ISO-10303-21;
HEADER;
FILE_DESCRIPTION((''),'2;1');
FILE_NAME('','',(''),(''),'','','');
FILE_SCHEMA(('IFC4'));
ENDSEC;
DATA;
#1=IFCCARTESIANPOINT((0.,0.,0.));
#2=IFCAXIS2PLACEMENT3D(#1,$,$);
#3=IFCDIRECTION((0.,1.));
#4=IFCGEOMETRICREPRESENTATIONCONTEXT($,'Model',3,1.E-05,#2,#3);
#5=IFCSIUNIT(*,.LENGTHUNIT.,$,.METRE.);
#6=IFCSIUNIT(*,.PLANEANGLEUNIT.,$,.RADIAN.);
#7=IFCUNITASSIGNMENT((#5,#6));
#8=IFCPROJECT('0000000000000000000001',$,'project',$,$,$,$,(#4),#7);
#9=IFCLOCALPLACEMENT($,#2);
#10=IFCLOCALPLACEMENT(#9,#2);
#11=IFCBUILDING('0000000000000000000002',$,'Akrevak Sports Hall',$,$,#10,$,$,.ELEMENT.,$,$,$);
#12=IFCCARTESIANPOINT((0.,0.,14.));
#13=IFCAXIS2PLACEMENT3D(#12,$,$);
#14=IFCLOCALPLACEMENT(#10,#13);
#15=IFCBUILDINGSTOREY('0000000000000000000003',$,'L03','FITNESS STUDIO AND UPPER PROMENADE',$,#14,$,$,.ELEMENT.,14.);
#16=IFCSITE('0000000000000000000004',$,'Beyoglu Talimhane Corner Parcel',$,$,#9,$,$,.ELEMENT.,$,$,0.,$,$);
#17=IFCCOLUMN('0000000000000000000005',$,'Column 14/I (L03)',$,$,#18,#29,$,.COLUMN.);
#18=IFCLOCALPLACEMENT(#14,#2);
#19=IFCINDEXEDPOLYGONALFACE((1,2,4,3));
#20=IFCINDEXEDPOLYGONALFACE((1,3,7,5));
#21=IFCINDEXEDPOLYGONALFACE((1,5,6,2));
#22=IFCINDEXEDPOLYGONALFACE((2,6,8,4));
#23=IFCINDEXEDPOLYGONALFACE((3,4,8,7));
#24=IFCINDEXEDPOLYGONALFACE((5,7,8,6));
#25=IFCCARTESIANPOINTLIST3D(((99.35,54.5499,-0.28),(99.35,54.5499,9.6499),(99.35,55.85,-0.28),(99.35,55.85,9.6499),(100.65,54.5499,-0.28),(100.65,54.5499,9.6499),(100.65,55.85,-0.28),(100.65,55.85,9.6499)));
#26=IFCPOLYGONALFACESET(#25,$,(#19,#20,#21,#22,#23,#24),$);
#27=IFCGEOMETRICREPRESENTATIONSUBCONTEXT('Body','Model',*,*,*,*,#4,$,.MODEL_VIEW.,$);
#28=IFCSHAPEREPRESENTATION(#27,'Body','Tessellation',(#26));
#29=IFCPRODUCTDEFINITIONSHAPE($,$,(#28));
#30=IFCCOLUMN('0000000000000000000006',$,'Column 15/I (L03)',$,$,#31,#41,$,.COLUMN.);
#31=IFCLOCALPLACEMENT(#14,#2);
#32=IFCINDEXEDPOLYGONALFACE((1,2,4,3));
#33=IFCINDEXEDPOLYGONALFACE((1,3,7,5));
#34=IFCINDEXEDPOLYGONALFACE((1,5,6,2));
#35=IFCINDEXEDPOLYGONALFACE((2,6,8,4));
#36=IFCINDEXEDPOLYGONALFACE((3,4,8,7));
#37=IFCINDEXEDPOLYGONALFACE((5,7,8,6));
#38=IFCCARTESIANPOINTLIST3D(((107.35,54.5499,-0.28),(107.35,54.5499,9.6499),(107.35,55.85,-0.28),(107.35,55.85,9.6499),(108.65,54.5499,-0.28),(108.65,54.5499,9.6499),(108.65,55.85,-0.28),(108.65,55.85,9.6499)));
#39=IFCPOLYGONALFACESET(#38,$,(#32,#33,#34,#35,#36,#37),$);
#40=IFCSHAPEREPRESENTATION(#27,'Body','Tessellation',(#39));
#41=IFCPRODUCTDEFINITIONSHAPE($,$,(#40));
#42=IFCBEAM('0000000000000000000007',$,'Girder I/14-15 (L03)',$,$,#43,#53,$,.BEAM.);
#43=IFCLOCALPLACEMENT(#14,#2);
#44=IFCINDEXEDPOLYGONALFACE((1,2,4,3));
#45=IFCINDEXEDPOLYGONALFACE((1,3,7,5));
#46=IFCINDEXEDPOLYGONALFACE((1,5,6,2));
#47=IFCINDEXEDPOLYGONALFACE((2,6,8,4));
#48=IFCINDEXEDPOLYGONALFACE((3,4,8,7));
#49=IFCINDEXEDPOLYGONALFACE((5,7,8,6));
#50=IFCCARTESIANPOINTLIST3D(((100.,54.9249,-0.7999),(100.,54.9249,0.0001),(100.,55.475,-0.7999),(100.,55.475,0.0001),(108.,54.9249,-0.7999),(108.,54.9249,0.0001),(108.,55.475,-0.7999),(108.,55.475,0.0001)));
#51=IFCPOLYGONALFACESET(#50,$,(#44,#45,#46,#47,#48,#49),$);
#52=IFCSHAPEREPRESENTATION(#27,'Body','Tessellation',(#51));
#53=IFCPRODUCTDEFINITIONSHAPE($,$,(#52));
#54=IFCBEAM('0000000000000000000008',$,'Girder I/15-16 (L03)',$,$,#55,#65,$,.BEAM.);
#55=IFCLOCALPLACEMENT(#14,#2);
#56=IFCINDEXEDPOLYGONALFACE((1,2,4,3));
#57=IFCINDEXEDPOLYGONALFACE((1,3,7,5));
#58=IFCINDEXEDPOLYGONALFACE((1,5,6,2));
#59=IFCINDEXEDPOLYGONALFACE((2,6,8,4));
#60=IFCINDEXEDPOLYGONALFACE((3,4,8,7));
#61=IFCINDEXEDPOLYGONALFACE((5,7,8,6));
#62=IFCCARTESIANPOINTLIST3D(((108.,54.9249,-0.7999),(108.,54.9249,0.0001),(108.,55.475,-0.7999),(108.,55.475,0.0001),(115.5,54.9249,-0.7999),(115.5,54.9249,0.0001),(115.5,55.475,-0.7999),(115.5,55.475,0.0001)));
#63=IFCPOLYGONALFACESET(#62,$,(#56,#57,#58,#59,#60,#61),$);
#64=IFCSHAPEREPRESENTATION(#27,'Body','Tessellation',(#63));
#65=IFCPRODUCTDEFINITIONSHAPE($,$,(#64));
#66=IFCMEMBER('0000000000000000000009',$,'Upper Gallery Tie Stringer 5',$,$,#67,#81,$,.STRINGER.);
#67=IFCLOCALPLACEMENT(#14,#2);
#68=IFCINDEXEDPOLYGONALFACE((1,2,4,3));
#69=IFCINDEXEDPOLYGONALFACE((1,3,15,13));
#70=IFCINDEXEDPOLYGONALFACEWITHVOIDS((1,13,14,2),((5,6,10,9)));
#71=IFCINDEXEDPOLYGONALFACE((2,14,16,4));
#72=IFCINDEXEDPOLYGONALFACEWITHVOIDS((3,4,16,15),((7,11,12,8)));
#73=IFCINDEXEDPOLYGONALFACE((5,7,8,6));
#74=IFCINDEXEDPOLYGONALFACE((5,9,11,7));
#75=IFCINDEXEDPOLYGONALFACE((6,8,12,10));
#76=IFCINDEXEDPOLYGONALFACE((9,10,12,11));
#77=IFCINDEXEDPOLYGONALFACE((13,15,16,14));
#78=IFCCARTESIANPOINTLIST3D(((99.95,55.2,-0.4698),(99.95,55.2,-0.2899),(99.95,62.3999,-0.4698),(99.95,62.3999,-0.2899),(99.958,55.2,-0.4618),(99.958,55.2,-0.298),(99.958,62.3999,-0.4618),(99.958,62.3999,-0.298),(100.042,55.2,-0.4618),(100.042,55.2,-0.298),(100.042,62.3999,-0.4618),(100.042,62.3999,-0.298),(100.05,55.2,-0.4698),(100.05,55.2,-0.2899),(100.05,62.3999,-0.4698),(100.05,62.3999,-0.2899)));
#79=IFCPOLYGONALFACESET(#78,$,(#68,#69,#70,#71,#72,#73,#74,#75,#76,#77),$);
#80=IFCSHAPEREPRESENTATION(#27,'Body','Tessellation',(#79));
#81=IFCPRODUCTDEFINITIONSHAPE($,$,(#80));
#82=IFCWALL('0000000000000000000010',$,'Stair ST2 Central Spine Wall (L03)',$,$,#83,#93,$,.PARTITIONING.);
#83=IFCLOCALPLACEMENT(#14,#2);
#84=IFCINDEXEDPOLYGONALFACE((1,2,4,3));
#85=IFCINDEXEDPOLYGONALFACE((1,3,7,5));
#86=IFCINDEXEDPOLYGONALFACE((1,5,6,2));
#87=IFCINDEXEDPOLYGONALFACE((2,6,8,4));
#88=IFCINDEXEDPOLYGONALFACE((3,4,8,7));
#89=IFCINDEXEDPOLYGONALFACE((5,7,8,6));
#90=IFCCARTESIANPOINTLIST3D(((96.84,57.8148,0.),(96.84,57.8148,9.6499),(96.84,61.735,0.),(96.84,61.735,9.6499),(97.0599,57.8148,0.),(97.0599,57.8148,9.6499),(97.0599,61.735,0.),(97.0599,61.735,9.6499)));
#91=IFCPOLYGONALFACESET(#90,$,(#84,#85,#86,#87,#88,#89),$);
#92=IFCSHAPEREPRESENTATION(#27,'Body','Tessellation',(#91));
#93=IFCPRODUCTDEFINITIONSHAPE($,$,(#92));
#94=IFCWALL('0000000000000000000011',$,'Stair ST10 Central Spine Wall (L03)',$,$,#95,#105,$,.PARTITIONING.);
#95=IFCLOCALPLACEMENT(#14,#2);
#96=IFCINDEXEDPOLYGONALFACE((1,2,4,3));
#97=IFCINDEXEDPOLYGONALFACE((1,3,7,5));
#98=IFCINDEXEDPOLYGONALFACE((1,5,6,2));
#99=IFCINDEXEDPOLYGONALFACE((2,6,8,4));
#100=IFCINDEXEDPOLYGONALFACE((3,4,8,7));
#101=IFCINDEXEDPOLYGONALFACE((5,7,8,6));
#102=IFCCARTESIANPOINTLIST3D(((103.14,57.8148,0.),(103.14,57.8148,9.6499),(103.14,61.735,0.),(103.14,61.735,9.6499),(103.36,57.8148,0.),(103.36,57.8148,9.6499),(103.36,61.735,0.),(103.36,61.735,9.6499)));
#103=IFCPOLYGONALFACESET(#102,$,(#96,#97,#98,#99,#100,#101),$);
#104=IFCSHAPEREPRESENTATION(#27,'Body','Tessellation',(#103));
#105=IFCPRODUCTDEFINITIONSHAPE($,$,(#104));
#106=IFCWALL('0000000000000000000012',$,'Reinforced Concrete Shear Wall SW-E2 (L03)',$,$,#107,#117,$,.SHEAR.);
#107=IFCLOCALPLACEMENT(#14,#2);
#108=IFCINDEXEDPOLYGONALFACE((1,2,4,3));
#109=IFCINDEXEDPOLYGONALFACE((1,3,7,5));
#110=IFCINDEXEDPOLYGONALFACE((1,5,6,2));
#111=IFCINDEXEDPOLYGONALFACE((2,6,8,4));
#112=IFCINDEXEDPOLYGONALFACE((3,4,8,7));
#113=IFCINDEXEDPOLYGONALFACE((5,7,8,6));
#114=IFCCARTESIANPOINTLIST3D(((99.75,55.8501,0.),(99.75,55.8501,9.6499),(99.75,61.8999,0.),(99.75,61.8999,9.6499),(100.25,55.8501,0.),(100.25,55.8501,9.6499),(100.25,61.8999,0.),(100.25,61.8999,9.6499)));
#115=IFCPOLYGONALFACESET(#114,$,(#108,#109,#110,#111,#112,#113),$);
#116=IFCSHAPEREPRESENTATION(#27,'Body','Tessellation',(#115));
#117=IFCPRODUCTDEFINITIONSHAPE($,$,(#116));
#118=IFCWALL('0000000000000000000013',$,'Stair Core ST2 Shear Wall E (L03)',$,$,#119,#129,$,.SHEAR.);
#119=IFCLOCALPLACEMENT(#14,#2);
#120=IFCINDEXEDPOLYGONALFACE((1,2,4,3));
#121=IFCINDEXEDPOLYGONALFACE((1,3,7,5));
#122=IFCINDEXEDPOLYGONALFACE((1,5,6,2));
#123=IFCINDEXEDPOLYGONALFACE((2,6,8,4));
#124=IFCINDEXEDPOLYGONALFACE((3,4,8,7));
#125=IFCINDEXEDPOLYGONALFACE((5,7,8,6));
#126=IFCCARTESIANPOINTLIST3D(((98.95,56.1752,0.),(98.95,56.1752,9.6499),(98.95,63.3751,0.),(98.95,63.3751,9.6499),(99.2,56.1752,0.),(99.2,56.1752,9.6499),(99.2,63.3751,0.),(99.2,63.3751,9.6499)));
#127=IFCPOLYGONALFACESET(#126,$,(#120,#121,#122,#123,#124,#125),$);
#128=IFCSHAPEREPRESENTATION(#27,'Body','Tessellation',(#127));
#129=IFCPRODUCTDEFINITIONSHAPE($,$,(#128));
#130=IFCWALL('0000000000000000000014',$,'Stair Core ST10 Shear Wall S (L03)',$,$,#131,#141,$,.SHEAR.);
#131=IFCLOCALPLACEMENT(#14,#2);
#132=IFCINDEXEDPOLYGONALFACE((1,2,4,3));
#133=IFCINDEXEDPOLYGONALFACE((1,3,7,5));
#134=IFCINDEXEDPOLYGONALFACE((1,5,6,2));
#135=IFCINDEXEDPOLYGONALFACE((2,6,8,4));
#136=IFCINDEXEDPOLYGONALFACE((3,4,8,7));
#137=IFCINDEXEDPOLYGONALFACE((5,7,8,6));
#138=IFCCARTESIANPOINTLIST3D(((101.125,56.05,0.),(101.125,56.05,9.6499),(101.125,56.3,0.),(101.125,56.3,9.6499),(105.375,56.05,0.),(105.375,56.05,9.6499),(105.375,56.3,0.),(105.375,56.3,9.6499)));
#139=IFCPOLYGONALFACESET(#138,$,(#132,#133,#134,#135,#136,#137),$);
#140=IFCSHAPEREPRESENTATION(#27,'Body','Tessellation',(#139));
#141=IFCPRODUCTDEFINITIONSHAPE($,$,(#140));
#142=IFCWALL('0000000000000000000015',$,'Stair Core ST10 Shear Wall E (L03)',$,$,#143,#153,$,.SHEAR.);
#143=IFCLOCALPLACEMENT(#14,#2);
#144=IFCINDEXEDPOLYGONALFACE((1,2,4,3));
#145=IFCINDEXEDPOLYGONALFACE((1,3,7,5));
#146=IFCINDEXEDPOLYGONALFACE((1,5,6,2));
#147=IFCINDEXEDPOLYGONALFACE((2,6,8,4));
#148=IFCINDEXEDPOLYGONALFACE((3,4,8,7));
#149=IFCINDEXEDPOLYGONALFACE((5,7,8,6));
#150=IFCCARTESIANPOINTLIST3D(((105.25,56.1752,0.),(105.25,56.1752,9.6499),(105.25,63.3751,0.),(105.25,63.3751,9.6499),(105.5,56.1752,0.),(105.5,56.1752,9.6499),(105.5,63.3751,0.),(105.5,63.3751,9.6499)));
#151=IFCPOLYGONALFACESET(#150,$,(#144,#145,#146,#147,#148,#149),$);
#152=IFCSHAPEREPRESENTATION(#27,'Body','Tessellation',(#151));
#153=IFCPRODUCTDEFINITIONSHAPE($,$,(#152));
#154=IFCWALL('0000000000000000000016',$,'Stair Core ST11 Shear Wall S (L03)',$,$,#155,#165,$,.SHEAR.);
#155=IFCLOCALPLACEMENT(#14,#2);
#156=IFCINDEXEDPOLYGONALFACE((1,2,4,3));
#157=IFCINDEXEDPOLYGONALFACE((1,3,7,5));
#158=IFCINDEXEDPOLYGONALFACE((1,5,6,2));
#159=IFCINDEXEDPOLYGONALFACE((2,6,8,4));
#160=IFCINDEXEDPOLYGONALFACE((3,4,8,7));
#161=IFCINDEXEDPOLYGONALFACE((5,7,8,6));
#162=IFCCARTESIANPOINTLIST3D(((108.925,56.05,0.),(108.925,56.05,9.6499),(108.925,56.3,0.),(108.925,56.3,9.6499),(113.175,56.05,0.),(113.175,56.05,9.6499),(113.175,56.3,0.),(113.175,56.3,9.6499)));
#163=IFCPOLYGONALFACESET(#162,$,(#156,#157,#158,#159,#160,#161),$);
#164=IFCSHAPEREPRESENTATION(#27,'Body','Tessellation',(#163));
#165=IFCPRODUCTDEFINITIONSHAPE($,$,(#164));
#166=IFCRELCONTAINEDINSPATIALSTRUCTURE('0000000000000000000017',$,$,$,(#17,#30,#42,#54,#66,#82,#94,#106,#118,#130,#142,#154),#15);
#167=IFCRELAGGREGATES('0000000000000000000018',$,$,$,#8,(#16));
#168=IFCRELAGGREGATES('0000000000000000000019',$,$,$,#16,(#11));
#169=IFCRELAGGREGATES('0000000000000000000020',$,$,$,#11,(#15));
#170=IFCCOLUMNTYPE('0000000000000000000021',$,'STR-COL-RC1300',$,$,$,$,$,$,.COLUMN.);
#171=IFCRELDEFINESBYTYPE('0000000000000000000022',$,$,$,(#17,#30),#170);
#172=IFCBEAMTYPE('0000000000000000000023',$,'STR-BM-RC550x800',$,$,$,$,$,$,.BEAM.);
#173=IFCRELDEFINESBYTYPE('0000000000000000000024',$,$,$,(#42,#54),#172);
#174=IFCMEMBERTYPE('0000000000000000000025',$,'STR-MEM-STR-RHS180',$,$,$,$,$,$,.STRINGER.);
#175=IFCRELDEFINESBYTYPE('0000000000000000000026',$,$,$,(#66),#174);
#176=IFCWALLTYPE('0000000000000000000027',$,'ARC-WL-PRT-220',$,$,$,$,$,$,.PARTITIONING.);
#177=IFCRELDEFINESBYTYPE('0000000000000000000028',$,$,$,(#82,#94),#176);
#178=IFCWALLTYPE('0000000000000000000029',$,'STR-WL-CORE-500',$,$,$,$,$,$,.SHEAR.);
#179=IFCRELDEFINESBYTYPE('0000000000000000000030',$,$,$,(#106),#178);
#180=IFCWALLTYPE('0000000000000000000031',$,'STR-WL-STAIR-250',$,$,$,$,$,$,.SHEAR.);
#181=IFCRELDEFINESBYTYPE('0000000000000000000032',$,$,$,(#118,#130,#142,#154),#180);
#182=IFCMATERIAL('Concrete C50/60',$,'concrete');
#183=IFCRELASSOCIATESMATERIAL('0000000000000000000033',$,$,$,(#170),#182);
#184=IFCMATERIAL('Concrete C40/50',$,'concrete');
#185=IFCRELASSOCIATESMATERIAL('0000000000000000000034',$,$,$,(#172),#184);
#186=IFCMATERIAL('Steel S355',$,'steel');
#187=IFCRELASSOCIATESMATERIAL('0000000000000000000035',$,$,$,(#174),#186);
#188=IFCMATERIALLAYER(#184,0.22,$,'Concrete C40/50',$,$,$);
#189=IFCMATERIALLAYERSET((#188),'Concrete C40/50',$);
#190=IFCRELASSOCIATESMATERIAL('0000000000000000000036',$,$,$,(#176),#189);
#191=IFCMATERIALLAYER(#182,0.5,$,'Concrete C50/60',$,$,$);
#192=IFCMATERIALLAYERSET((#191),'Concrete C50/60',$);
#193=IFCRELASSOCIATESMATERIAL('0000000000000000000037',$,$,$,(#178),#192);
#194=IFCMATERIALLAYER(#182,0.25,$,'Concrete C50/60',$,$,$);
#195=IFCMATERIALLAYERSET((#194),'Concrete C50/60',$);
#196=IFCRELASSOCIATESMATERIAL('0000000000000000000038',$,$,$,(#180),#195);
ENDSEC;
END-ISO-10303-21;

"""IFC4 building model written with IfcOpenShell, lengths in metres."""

from ifc_helpers import new_model, si_unit, direction, frame, frame_2d, origin, origin_2d, place, context, subcontext, project, spatial, rectangle, hollow_rectangle, extrude, material, layer, layer_set, material_profile, profile_set, type_object, element, save


model = new_model("IFC4")

# Units and contexts
model_context = context("Model", 3, precision=1e-05, world=origin(), true_north=direction((0.0, 1.0)))
body_context = subcontext(model_context, "Body", "Model", "MODEL_VIEW")
ifc_project = project(units=[si_unit("LENGTHUNIT", "METRE"), si_unit("PLANEANGLEUNIT", "RADIAN")], contexts=[model_context])

# Site, building, storey
site_placement = place(None, origin())
site = spatial("IfcSite", under=ifc_project, at=site_placement, Name="Beyoglu Talimhane Corner Parcel", CompositionType="ELEMENT", RefElevation=0.0)
building_placement = place(site_placement, origin())
building = spatial("IfcBuilding", under=site, at=building_placement, Name="Akrevak Sports Hall", CompositionType="ELEMENT")
storey_placement = place(building_placement, frame((0.0, 0.0, 14.0)))
storey = spatial("IfcBuildingStorey", under=building, at=storey_placement, Name="L03", Description="FITNESS STUDIO AND UPPER PROMENADE", CompositionType="ELEMENT", Elevation=14.0)

# Columns
ifc_material_1 = material(Name="Concrete C50/60", Category="concrete")
ifc_material_profile_1 = material_profile(ifc_material_1, rectangle(XDim=1.3, YDim=1.3, at=origin_2d()), Name="RC 1300x1300", Category="concrete")
ifc_profile_set_1 = profile_set([ifc_material_profile_1], Name="Concrete C50/60")
column_type = type_object("IfcColumnType", Name="STR-COL-RC1300", PredefinedType="COLUMN", material=ifc_profile_set_1)
for number, where, z_axis, x_axis, name in (
    (1, (100.0, 55.2, -0.28), (0.0, 0.0, 1.0), (1.0, 0.0, 0.0), "Column 14/I (L03)"),
    (2, (108.0, 55.2, -0.28), (0.0, 0.0, 1.0), (1.0, 0.0, 0.0), "Column 15/I (L03)"),
):
    element("IfcColumn", number, at=place(storey_placement, frame(where, z_axis=z_axis, x_axis=x_axis)), inside=storey, type_object=column_type, Name=name, PredefinedType="COLUMN", context=body_context, shape_type="SweptSolid", body=[
        extrude(rectangle(XDim=1.3, YDim=1.3, at=origin_2d()), origin(), (0.0, 0.0, 1.0), 9.9299),
    ])

# Beams
ifc_material_2 = material(Name="Concrete C40/50", Category="concrete")
ifc_material_profile_2 = material_profile(ifc_material_2, rectangle(XDim=0.55, YDim=0.8, at=origin_2d()), Name="BM 550x800", Category="concrete")
ifc_profile_set_2 = profile_set([ifc_material_profile_2], Name="Concrete C40/50")
beam_type = type_object("IfcBeamType", Name="STR-BM-RC550x800", PredefinedType="BEAM", material=ifc_profile_set_2)
beam_1_placement = place(storey_placement, frame((100.0, 55.2, -0.3999), z_axis=(1.0, 0.0, 0.0), x_axis=(0.0, 1.0, 0.0)))
element("IfcBeam", 3, at=beam_1_placement, inside=storey, type_object=beam_type, Name="Girder I/14-15 (L03)", PredefinedType="BEAM", context=body_context, shape_type="SweptSolid", body=[
    extrude(rectangle(XDim=0.55, YDim=0.8, at=origin_2d()), origin(), (0.0, 0.0, 1.0), 8.0),
])
beam_2_placement = place(storey_placement, frame((108.0, 55.2, -0.3999), z_axis=(1.0, 0.0, 0.0), x_axis=(0.0, 1.0, 0.0)))
element("IfcBeam", 4, at=beam_2_placement, inside=storey, type_object=beam_type, Name="Girder I/15-16 (L03)", PredefinedType="BEAM", context=body_context, shape_type="SweptSolid", body=[
    extrude(rectangle(XDim=0.55, YDim=0.8, at=origin_2d()), origin(), (0.0, 0.0, 1.0), 7.5),
])

# Member
ifc_material_3 = material(Name="Steel S355", Category="steel")
ifc_material_profile_3 = material_profile(ifc_material_3, hollow_rectangle(XDim=0.1001, YDim=0.1799, WallThickness=0.0081, at=origin_2d()), Name="RHS 180x100x8", Category="steel")
ifc_profile_set_3 = profile_set([ifc_material_profile_3], Name="Steel S355")
member_type = type_object("IfcMemberType", Name="STR-MEM-STR-RHS180", PredefinedType="STRINGER", material=ifc_profile_set_3)
member_placement = place(storey_placement, frame((100.0, 55.2, -0.3799), z_axis=(0.0, 1.0, 0.0), x_axis=(-1.0, 0.0, 0.0)))
element("IfcMember", 5, at=member_placement, inside=storey, type_object=member_type, Name="Upper Gallery Tie Stringer 5", PredefinedType="STRINGER", context=body_context, shape_type="SweptSolid", body=[
    extrude(hollow_rectangle(XDim=0.1001, YDim=0.1799, WallThickness=0.0081, at=origin_2d()), origin(), (0.0, 0.0, 1.0), 7.2),
])

# Walls
ifc_layer_1 = layer(ifc_material_2, 0.22, Name="Concrete C40/50")
ifc_layer_set_1 = layer_set([ifc_layer_1], Name="Concrete C40/50")
wall_type_1 = type_object("IfcWallType", Name="ARC-WL-PRT-220", PredefinedType="PARTITIONING", material=ifc_layer_set_1)
for number, where, z_axis, x_axis, name in (
    (6, (96.95, 57.8149, 0.0), (0.0, 0.0, 1.0), (0.0, 1.0, 0.0), "Stair ST2 Central Spine Wall (L03)"),
    (7, (103.25, 57.8149, 0.0), (0.0, 0.0, 1.0), (0.0, 1.0, 0.0), "Stair ST10 Central Spine Wall (L03)"),
):
    element("IfcWall", number, at=place(storey_placement, frame(where, z_axis=z_axis, x_axis=x_axis)), inside=storey, type_object=wall_type_1, Name=name, PredefinedType="PARTITIONING", context=body_context, shape_type="SweptSolid", body=[
        extrude(rectangle(XDim=3.9202, YDim=0.22, at=frame_2d((1.96, 0.0))), origin(), (0.0, 0.0, 1.0), 9.6499),
    ])
ifc_layer_2 = layer(ifc_material_1, 0.5, Name="Concrete C50/60")
ifc_layer_set_2 = layer_set([ifc_layer_2], Name="Concrete C50/60")
wall_type_2 = type_object("IfcWallType", Name="STR-WL-CORE-500", PredefinedType="SHEAR", material=ifc_layer_set_2)
wall_1_placement = place(storey_placement, frame((100.0, 55.8501, 0.0), z_axis=(0.0, 0.0, 1.0), x_axis=(0.0, 1.0, 0.0)))
element("IfcWall", 8, at=wall_1_placement, inside=storey, type_object=wall_type_2, Name="Reinforced Concrete Shear Wall SW-E2 (L03)", PredefinedType="SHEAR", context=body_context, shape_type="SweptSolid", body=[
    extrude(rectangle(XDim=6.0498, YDim=0.5, at=frame_2d((3.0249, 0.0))), origin(), (0.0, 0.0, 1.0), 9.6499),
])
ifc_layer_3 = layer(ifc_material_1, 0.25, Name="Concrete C50/60")
ifc_layer_set_3 = layer_set([ifc_layer_3], Name="Concrete C50/60")
wall_type_3 = type_object("IfcWallType", Name="STR-WL-STAIR-250", PredefinedType="SHEAR", material=ifc_layer_set_3)
wall_2_placement = place(storey_placement, frame((99.075, 56.175, 0.0), z_axis=(0.0, 0.0, 1.0), x_axis=(0.0, 1.0, 0.0)))
element("IfcWall", 9, at=wall_2_placement, inside=storey, type_object=wall_type_3, Name="Stair Core ST2 Shear Wall E (L03)", PredefinedType="SHEAR", context=body_context, shape_type="SweptSolid", body=[
    extrude(rectangle(XDim=7.2, YDim=0.25, at=frame_2d((3.6001, 0.0))), origin(), (0.0, 0.0, 1.0), 9.6499),
])
wall_3_placement = place(storey_placement, frame((101.125, 56.175, 0.0), z_axis=(0.0, 0.0, 1.0), x_axis=(1.0, 0.0, 0.0)))
element("IfcWall", 10, at=wall_3_placement, inside=storey, type_object=wall_type_3, Name="Stair Core ST10 Shear Wall S (L03)", PredefinedType="SHEAR", context=body_context, shape_type="SweptSolid", body=[
    extrude(rectangle(XDim=4.25, YDim=0.25, at=frame_2d((2.125, 0.0))), origin(), (0.0, 0.0, 1.0), 9.6499),
])
wall_4_placement = place(storey_placement, frame((105.375, 56.175, 0.0), z_axis=(0.0, 0.0, 1.0), x_axis=(0.0, 1.0, 0.0)))
element("IfcWall", 11, at=wall_4_placement, inside=storey, type_object=wall_type_3, Name="Stair Core ST10 Shear Wall E (L03)", PredefinedType="SHEAR", context=body_context, shape_type="SweptSolid", body=[
    extrude(rectangle(XDim=7.2, YDim=0.25, at=frame_2d((3.6001, 0.0))), origin(), (0.0, 0.0, 1.0), 9.6499),
])
wall_5_placement = place(storey_placement, frame((108.925, 56.175, 0.0), z_axis=(0.0, 0.0, 1.0), x_axis=(1.0, 0.0, 0.0)))
element("IfcWall", 12, at=wall_5_placement, inside=storey, type_object=wall_type_3, Name="Stair Core ST11 Shear Wall S (L03)", PredefinedType="SHEAR", context=body_context, shape_type="SweptSolid", body=[
    extrude(rectangle(XDim=4.25, YDim=0.25, at=frame_2d((2.125, 0.0))), origin(), (0.0, 0.0, 1.0), 9.6499),
])

save(model, "model.ifc")
